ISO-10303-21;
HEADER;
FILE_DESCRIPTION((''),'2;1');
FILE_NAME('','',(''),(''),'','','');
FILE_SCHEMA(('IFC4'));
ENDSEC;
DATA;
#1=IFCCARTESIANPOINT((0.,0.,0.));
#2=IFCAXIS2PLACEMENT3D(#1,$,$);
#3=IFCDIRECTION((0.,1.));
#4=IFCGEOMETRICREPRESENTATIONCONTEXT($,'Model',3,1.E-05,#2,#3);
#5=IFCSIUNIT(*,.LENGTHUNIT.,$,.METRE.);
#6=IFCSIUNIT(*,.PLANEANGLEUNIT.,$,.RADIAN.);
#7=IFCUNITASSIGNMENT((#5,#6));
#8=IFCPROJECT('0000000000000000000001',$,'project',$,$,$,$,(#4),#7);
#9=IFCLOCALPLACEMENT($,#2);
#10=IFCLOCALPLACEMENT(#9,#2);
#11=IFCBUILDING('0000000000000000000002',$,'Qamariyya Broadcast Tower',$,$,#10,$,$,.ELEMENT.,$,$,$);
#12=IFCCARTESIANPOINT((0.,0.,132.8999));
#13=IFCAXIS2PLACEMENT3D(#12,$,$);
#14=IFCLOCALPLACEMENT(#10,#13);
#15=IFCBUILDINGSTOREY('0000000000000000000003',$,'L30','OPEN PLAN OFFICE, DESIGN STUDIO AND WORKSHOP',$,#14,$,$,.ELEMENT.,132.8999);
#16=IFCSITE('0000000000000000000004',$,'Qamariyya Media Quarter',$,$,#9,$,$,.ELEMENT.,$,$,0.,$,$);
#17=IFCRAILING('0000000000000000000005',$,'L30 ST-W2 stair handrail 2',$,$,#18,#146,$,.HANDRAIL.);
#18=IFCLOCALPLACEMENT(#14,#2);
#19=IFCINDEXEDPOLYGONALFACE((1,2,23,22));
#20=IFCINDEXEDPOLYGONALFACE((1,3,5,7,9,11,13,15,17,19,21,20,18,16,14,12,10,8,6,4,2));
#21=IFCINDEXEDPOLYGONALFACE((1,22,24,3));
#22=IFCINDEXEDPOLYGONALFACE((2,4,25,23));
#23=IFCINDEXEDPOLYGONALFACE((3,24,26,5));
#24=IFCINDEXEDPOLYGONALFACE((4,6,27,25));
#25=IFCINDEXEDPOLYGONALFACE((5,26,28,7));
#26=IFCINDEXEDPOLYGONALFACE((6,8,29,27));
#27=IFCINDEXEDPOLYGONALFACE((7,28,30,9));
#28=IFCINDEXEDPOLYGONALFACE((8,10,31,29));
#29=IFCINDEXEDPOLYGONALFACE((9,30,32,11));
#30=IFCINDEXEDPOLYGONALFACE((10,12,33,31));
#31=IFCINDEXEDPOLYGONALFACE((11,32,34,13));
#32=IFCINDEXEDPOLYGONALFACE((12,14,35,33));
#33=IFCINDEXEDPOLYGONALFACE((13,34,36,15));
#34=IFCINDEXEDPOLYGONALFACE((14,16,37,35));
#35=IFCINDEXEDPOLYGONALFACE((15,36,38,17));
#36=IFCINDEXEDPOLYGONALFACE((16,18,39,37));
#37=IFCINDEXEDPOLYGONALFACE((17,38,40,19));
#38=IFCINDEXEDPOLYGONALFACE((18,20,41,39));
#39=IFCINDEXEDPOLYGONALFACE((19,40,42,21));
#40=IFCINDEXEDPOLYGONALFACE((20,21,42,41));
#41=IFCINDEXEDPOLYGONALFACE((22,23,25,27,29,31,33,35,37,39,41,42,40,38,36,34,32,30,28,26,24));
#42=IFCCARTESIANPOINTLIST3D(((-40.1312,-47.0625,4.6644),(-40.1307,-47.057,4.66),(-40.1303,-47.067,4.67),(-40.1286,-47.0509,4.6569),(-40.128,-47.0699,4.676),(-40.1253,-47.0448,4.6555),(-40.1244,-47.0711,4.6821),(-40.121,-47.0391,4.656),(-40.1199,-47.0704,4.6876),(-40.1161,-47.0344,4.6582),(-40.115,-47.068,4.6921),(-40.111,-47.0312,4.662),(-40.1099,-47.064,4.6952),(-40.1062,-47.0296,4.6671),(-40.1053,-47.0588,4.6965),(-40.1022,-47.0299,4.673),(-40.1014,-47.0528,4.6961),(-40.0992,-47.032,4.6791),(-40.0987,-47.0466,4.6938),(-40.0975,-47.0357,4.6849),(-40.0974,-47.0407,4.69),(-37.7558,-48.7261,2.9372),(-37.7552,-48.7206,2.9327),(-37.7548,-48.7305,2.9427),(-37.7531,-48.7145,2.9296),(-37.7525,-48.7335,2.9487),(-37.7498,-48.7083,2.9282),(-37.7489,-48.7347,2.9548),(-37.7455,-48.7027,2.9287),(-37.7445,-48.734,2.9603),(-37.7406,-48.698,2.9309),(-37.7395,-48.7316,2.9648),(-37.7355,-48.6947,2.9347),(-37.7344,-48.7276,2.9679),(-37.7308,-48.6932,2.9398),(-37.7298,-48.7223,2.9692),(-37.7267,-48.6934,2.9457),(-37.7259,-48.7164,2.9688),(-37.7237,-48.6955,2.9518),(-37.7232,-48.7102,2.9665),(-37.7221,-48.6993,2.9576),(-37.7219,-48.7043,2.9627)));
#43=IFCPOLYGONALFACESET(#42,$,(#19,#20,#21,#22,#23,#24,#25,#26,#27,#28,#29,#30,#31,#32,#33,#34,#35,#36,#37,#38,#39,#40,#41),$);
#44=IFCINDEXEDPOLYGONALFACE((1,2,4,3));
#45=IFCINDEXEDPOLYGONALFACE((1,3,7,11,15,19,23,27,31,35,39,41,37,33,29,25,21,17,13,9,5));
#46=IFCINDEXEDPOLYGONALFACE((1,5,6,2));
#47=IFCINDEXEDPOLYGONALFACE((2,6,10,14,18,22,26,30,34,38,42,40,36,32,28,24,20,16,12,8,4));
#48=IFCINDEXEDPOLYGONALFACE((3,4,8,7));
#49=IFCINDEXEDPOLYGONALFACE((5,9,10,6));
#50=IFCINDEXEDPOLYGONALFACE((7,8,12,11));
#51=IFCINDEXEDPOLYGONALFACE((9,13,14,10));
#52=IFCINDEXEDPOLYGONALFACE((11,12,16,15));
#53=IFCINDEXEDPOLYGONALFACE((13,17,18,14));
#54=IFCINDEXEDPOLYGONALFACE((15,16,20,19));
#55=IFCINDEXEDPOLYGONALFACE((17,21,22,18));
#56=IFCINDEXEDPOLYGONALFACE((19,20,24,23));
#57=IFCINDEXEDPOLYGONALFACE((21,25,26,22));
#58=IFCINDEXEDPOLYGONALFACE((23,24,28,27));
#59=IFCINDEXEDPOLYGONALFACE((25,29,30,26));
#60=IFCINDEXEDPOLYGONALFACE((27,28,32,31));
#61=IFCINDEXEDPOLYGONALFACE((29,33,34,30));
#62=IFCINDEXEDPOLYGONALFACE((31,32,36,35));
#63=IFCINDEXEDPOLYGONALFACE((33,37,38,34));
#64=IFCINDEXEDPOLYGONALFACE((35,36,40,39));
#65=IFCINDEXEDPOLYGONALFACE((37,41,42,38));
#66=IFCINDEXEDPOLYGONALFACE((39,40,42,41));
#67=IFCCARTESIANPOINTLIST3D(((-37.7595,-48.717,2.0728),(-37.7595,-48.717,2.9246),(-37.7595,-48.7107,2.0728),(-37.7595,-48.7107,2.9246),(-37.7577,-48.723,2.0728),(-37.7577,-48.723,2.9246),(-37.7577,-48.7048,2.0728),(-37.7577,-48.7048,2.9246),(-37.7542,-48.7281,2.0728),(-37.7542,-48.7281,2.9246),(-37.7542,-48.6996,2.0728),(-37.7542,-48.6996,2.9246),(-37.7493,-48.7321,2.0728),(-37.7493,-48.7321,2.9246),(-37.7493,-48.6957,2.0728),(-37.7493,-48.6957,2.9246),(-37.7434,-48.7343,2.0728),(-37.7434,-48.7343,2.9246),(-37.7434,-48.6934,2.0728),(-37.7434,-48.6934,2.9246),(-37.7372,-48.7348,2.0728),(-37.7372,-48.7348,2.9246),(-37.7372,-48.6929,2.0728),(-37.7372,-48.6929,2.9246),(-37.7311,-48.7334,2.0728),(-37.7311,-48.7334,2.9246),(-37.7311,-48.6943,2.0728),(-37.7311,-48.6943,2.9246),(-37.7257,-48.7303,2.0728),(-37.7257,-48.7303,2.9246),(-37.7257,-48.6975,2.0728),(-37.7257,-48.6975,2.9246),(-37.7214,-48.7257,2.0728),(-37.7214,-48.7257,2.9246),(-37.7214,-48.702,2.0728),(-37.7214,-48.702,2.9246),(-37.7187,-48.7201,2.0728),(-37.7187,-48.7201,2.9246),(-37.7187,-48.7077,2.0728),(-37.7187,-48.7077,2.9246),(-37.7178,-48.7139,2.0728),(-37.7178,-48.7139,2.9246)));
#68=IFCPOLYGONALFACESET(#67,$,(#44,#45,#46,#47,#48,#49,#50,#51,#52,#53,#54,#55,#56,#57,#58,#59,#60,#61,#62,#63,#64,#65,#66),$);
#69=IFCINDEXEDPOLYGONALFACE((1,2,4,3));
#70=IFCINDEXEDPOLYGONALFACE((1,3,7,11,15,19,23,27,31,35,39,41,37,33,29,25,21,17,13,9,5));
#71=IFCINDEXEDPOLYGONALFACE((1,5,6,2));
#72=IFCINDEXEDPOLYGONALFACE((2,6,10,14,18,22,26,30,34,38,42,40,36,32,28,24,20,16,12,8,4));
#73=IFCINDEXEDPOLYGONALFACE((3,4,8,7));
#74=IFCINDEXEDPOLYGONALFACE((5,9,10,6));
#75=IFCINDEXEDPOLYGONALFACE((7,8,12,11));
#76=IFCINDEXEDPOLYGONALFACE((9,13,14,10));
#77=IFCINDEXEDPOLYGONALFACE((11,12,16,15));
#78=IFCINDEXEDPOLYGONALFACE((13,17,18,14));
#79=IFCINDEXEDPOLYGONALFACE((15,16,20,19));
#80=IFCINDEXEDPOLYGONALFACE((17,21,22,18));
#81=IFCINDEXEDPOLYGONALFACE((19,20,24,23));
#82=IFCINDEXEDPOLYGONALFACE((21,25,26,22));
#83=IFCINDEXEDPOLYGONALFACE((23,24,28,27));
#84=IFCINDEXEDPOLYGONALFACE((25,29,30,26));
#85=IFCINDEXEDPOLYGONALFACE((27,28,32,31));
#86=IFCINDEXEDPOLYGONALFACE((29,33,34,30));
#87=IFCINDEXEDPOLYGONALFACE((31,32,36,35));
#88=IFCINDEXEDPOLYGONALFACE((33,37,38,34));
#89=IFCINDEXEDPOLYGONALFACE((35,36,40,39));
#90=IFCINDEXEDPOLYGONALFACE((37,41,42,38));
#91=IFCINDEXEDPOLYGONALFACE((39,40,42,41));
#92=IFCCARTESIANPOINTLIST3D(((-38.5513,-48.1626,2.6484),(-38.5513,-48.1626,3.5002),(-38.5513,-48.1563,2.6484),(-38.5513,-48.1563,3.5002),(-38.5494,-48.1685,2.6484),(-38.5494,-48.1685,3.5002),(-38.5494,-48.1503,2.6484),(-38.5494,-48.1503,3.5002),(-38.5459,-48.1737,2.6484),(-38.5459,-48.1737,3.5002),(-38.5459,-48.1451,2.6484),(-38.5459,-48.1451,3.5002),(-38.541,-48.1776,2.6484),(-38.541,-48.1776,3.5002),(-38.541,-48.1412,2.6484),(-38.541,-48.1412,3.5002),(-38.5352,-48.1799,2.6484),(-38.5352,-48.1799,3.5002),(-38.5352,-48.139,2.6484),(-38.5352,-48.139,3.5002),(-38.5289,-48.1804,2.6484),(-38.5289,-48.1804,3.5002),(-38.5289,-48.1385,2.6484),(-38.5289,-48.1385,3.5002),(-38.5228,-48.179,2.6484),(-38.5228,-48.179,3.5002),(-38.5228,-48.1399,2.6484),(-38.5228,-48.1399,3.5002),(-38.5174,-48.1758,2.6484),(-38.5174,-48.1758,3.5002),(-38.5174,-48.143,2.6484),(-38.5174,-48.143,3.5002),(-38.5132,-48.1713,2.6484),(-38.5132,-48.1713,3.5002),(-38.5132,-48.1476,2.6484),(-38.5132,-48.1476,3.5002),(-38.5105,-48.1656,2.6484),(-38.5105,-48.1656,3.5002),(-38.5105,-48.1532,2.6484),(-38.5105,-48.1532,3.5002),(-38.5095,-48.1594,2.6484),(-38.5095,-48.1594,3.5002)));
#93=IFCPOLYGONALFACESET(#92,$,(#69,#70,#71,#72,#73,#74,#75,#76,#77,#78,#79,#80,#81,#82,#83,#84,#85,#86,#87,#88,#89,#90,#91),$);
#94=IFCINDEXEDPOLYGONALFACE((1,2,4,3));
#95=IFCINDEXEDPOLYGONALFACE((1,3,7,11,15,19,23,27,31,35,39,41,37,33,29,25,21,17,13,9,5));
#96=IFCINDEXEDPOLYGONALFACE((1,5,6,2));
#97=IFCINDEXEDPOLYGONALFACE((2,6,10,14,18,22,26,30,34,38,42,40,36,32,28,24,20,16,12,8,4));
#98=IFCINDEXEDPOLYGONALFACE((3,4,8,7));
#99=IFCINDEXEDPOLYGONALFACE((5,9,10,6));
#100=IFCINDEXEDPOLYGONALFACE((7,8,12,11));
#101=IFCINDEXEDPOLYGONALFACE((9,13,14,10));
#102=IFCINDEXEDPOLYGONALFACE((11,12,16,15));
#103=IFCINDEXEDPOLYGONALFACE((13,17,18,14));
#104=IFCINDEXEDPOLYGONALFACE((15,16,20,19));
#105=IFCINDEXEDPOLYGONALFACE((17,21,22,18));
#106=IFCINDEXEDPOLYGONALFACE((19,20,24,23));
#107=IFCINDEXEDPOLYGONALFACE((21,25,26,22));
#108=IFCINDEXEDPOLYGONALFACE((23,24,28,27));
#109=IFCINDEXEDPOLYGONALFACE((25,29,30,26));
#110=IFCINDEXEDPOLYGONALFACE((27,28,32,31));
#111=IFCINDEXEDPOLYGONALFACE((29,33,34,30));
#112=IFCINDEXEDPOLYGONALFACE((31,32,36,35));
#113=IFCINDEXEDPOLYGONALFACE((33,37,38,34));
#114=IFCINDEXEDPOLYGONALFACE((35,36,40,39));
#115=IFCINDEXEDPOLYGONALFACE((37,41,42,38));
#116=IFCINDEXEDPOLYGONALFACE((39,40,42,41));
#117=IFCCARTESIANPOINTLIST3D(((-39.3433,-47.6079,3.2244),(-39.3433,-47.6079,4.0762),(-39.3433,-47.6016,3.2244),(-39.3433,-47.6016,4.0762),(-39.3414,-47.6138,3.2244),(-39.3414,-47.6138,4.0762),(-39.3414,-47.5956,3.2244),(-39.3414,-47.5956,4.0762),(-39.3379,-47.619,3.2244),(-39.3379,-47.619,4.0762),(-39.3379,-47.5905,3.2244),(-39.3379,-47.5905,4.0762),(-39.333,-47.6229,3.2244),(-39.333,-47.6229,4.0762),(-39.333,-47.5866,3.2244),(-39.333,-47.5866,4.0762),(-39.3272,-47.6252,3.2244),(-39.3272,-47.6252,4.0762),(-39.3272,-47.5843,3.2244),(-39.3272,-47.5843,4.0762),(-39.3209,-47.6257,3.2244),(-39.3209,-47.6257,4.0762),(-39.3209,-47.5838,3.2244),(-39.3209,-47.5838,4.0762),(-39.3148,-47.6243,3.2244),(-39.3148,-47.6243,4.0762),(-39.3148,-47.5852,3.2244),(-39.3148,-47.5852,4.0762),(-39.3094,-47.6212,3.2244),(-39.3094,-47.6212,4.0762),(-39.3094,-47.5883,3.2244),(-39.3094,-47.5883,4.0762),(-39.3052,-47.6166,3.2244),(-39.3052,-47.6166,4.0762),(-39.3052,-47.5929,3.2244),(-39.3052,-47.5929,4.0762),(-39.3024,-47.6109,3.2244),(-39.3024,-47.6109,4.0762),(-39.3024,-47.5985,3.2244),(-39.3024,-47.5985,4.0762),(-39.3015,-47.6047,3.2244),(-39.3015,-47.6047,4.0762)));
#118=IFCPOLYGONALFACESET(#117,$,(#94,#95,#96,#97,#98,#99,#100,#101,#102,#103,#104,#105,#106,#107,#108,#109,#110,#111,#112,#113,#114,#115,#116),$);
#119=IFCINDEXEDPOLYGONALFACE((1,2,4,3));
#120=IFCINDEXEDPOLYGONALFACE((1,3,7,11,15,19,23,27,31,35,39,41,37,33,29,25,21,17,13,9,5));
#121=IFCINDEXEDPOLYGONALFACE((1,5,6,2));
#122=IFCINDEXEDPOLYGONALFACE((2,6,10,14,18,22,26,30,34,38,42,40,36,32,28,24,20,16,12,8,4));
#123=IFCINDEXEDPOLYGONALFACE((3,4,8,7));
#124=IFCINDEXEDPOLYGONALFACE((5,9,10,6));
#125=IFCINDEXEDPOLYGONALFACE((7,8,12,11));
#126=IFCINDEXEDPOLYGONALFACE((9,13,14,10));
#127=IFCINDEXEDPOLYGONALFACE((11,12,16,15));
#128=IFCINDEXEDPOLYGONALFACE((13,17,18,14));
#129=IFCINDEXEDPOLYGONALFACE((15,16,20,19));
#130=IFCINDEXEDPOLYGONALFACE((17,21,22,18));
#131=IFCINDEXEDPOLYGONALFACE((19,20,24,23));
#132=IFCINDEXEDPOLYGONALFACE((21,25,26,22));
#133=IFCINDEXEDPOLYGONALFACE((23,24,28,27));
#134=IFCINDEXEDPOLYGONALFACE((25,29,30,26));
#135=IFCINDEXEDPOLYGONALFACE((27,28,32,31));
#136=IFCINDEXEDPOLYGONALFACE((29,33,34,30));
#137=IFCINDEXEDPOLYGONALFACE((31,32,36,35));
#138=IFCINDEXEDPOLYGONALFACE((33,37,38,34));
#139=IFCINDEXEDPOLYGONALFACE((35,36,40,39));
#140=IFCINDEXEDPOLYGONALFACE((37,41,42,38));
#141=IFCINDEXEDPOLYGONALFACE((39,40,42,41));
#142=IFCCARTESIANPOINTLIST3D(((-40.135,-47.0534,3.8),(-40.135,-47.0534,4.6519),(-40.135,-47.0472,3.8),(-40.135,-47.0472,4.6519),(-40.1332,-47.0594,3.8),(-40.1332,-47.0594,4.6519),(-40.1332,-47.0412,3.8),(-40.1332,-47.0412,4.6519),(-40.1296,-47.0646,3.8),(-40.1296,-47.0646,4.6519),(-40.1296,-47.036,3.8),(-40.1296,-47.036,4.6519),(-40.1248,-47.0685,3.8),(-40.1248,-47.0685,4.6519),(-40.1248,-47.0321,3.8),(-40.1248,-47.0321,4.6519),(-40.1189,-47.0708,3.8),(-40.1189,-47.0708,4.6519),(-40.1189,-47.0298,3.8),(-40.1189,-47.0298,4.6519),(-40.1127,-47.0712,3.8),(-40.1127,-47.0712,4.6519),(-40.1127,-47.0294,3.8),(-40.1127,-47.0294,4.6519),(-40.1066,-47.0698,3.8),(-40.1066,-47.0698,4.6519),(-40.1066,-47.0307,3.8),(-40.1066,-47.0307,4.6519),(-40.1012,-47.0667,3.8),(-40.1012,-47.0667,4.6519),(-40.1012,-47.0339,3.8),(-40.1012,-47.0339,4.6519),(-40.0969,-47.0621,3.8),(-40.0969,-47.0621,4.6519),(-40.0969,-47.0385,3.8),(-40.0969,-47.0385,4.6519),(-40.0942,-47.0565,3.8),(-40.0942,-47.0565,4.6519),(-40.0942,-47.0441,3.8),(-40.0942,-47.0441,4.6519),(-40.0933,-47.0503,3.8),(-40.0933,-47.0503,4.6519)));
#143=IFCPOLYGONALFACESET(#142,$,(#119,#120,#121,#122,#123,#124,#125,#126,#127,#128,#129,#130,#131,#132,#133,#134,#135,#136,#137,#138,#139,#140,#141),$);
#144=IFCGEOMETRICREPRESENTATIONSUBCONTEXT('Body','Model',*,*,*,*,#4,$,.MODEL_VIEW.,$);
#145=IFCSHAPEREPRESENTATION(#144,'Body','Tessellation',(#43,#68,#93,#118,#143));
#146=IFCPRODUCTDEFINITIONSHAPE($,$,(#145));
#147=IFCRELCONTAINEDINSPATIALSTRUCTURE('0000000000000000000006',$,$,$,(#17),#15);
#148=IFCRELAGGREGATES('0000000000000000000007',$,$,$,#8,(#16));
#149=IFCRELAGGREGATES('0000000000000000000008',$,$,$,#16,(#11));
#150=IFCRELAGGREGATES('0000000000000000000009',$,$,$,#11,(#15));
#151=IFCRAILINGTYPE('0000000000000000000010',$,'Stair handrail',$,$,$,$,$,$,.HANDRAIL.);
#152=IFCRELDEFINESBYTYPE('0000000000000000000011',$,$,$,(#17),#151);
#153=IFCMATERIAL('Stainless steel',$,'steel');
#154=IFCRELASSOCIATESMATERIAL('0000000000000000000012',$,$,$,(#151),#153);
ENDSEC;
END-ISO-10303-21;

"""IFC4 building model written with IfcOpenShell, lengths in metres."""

from ifc_helpers import new_model, si_unit, direction, frame, origin, origin_2d, place, context, subcontext, project, spatial, circle, extrude, material, type_object, element, save


model = new_model("IFC4")

# Units and contexts
model_context = context("Model", 3, precision=1e-05, world=origin(), true_north=direction((0.0, 1.0)))
body_context = subcontext(model_context, "Body", "Model", "MODEL_VIEW")
ifc_project = project(units=[si_unit("LENGTHUNIT", "METRE"), si_unit("PLANEANGLEUNIT", "RADIAN")], contexts=[model_context])

# Site, building, storey
site_placement = place(None, origin())
site = spatial("IfcSite", under=ifc_project, at=site_placement, Name="Qamariyya Media Quarter", CompositionType="ELEMENT", RefElevation=0.0)
building_placement = place(site_placement, origin())
building = spatial("IfcBuilding", under=site, at=building_placement, Name="Qamariyya Broadcast Tower", CompositionType="ELEMENT")
storey_placement = place(building_placement, frame((0.0, 0.0, 132.8999)))
storey = spatial("IfcBuildingStorey", under=building, at=storey_placement, Name="L30", Description="OPEN PLAN OFFICE, DESIGN STUDIO AND WORKSHOP", CompositionType="ELEMENT", Elevation=132.8999)

# Railing
ifc_material_1 = material(Name="Stainless steel", Category="steel")
railing_type_1 = type_object("IfcRailingType", Name="Stair handrail", PredefinedType="HANDRAIL", material=ifc_material_1)
railing_1_placement = place(storey_placement, frame((-37.7388, -48.7139, 2.0728)))
element("IfcRailing", 1, at=railing_1_placement, inside=storey, type_object=railing_type_1, Name="L30 ST-W2 stair handrail 2", PredefinedType="HANDRAIL", context=body_context, shape_type="SweptSolid", body=[
    extrude(circle(Radius=0.0239, at=origin_2d()), frame((0.0, 0.0, 0.876), z_axis=(-0.703745, 0.492838, 0.511716), x_axis=(-0.573632, -0.819113, 0.0)), (0.0, 0.0, 1.0), 3.3755),
    extrude(circle(Radius=0.021, at=origin_2d()), origin(), (0.0, 0.0, 1.0), 0.8518),
    extrude(circle(Radius=0.021, at=origin_2d()), frame((-0.7917, 0.5544, 0.5757)), (0.0, 0.0, 1.0), 0.8518),
    extrude(circle(Radius=0.021, at=origin_2d()), frame((-1.5837, 1.1091, 1.1516)), (0.0, 0.0, 1.0), 0.8518),
    extrude(circle(Radius=0.021, at=origin_2d()), frame((-2.3755, 1.6636, 1.7273)), (0.0, 0.0, 1.0), 0.8518),
])

save(model, "model.ifc")
